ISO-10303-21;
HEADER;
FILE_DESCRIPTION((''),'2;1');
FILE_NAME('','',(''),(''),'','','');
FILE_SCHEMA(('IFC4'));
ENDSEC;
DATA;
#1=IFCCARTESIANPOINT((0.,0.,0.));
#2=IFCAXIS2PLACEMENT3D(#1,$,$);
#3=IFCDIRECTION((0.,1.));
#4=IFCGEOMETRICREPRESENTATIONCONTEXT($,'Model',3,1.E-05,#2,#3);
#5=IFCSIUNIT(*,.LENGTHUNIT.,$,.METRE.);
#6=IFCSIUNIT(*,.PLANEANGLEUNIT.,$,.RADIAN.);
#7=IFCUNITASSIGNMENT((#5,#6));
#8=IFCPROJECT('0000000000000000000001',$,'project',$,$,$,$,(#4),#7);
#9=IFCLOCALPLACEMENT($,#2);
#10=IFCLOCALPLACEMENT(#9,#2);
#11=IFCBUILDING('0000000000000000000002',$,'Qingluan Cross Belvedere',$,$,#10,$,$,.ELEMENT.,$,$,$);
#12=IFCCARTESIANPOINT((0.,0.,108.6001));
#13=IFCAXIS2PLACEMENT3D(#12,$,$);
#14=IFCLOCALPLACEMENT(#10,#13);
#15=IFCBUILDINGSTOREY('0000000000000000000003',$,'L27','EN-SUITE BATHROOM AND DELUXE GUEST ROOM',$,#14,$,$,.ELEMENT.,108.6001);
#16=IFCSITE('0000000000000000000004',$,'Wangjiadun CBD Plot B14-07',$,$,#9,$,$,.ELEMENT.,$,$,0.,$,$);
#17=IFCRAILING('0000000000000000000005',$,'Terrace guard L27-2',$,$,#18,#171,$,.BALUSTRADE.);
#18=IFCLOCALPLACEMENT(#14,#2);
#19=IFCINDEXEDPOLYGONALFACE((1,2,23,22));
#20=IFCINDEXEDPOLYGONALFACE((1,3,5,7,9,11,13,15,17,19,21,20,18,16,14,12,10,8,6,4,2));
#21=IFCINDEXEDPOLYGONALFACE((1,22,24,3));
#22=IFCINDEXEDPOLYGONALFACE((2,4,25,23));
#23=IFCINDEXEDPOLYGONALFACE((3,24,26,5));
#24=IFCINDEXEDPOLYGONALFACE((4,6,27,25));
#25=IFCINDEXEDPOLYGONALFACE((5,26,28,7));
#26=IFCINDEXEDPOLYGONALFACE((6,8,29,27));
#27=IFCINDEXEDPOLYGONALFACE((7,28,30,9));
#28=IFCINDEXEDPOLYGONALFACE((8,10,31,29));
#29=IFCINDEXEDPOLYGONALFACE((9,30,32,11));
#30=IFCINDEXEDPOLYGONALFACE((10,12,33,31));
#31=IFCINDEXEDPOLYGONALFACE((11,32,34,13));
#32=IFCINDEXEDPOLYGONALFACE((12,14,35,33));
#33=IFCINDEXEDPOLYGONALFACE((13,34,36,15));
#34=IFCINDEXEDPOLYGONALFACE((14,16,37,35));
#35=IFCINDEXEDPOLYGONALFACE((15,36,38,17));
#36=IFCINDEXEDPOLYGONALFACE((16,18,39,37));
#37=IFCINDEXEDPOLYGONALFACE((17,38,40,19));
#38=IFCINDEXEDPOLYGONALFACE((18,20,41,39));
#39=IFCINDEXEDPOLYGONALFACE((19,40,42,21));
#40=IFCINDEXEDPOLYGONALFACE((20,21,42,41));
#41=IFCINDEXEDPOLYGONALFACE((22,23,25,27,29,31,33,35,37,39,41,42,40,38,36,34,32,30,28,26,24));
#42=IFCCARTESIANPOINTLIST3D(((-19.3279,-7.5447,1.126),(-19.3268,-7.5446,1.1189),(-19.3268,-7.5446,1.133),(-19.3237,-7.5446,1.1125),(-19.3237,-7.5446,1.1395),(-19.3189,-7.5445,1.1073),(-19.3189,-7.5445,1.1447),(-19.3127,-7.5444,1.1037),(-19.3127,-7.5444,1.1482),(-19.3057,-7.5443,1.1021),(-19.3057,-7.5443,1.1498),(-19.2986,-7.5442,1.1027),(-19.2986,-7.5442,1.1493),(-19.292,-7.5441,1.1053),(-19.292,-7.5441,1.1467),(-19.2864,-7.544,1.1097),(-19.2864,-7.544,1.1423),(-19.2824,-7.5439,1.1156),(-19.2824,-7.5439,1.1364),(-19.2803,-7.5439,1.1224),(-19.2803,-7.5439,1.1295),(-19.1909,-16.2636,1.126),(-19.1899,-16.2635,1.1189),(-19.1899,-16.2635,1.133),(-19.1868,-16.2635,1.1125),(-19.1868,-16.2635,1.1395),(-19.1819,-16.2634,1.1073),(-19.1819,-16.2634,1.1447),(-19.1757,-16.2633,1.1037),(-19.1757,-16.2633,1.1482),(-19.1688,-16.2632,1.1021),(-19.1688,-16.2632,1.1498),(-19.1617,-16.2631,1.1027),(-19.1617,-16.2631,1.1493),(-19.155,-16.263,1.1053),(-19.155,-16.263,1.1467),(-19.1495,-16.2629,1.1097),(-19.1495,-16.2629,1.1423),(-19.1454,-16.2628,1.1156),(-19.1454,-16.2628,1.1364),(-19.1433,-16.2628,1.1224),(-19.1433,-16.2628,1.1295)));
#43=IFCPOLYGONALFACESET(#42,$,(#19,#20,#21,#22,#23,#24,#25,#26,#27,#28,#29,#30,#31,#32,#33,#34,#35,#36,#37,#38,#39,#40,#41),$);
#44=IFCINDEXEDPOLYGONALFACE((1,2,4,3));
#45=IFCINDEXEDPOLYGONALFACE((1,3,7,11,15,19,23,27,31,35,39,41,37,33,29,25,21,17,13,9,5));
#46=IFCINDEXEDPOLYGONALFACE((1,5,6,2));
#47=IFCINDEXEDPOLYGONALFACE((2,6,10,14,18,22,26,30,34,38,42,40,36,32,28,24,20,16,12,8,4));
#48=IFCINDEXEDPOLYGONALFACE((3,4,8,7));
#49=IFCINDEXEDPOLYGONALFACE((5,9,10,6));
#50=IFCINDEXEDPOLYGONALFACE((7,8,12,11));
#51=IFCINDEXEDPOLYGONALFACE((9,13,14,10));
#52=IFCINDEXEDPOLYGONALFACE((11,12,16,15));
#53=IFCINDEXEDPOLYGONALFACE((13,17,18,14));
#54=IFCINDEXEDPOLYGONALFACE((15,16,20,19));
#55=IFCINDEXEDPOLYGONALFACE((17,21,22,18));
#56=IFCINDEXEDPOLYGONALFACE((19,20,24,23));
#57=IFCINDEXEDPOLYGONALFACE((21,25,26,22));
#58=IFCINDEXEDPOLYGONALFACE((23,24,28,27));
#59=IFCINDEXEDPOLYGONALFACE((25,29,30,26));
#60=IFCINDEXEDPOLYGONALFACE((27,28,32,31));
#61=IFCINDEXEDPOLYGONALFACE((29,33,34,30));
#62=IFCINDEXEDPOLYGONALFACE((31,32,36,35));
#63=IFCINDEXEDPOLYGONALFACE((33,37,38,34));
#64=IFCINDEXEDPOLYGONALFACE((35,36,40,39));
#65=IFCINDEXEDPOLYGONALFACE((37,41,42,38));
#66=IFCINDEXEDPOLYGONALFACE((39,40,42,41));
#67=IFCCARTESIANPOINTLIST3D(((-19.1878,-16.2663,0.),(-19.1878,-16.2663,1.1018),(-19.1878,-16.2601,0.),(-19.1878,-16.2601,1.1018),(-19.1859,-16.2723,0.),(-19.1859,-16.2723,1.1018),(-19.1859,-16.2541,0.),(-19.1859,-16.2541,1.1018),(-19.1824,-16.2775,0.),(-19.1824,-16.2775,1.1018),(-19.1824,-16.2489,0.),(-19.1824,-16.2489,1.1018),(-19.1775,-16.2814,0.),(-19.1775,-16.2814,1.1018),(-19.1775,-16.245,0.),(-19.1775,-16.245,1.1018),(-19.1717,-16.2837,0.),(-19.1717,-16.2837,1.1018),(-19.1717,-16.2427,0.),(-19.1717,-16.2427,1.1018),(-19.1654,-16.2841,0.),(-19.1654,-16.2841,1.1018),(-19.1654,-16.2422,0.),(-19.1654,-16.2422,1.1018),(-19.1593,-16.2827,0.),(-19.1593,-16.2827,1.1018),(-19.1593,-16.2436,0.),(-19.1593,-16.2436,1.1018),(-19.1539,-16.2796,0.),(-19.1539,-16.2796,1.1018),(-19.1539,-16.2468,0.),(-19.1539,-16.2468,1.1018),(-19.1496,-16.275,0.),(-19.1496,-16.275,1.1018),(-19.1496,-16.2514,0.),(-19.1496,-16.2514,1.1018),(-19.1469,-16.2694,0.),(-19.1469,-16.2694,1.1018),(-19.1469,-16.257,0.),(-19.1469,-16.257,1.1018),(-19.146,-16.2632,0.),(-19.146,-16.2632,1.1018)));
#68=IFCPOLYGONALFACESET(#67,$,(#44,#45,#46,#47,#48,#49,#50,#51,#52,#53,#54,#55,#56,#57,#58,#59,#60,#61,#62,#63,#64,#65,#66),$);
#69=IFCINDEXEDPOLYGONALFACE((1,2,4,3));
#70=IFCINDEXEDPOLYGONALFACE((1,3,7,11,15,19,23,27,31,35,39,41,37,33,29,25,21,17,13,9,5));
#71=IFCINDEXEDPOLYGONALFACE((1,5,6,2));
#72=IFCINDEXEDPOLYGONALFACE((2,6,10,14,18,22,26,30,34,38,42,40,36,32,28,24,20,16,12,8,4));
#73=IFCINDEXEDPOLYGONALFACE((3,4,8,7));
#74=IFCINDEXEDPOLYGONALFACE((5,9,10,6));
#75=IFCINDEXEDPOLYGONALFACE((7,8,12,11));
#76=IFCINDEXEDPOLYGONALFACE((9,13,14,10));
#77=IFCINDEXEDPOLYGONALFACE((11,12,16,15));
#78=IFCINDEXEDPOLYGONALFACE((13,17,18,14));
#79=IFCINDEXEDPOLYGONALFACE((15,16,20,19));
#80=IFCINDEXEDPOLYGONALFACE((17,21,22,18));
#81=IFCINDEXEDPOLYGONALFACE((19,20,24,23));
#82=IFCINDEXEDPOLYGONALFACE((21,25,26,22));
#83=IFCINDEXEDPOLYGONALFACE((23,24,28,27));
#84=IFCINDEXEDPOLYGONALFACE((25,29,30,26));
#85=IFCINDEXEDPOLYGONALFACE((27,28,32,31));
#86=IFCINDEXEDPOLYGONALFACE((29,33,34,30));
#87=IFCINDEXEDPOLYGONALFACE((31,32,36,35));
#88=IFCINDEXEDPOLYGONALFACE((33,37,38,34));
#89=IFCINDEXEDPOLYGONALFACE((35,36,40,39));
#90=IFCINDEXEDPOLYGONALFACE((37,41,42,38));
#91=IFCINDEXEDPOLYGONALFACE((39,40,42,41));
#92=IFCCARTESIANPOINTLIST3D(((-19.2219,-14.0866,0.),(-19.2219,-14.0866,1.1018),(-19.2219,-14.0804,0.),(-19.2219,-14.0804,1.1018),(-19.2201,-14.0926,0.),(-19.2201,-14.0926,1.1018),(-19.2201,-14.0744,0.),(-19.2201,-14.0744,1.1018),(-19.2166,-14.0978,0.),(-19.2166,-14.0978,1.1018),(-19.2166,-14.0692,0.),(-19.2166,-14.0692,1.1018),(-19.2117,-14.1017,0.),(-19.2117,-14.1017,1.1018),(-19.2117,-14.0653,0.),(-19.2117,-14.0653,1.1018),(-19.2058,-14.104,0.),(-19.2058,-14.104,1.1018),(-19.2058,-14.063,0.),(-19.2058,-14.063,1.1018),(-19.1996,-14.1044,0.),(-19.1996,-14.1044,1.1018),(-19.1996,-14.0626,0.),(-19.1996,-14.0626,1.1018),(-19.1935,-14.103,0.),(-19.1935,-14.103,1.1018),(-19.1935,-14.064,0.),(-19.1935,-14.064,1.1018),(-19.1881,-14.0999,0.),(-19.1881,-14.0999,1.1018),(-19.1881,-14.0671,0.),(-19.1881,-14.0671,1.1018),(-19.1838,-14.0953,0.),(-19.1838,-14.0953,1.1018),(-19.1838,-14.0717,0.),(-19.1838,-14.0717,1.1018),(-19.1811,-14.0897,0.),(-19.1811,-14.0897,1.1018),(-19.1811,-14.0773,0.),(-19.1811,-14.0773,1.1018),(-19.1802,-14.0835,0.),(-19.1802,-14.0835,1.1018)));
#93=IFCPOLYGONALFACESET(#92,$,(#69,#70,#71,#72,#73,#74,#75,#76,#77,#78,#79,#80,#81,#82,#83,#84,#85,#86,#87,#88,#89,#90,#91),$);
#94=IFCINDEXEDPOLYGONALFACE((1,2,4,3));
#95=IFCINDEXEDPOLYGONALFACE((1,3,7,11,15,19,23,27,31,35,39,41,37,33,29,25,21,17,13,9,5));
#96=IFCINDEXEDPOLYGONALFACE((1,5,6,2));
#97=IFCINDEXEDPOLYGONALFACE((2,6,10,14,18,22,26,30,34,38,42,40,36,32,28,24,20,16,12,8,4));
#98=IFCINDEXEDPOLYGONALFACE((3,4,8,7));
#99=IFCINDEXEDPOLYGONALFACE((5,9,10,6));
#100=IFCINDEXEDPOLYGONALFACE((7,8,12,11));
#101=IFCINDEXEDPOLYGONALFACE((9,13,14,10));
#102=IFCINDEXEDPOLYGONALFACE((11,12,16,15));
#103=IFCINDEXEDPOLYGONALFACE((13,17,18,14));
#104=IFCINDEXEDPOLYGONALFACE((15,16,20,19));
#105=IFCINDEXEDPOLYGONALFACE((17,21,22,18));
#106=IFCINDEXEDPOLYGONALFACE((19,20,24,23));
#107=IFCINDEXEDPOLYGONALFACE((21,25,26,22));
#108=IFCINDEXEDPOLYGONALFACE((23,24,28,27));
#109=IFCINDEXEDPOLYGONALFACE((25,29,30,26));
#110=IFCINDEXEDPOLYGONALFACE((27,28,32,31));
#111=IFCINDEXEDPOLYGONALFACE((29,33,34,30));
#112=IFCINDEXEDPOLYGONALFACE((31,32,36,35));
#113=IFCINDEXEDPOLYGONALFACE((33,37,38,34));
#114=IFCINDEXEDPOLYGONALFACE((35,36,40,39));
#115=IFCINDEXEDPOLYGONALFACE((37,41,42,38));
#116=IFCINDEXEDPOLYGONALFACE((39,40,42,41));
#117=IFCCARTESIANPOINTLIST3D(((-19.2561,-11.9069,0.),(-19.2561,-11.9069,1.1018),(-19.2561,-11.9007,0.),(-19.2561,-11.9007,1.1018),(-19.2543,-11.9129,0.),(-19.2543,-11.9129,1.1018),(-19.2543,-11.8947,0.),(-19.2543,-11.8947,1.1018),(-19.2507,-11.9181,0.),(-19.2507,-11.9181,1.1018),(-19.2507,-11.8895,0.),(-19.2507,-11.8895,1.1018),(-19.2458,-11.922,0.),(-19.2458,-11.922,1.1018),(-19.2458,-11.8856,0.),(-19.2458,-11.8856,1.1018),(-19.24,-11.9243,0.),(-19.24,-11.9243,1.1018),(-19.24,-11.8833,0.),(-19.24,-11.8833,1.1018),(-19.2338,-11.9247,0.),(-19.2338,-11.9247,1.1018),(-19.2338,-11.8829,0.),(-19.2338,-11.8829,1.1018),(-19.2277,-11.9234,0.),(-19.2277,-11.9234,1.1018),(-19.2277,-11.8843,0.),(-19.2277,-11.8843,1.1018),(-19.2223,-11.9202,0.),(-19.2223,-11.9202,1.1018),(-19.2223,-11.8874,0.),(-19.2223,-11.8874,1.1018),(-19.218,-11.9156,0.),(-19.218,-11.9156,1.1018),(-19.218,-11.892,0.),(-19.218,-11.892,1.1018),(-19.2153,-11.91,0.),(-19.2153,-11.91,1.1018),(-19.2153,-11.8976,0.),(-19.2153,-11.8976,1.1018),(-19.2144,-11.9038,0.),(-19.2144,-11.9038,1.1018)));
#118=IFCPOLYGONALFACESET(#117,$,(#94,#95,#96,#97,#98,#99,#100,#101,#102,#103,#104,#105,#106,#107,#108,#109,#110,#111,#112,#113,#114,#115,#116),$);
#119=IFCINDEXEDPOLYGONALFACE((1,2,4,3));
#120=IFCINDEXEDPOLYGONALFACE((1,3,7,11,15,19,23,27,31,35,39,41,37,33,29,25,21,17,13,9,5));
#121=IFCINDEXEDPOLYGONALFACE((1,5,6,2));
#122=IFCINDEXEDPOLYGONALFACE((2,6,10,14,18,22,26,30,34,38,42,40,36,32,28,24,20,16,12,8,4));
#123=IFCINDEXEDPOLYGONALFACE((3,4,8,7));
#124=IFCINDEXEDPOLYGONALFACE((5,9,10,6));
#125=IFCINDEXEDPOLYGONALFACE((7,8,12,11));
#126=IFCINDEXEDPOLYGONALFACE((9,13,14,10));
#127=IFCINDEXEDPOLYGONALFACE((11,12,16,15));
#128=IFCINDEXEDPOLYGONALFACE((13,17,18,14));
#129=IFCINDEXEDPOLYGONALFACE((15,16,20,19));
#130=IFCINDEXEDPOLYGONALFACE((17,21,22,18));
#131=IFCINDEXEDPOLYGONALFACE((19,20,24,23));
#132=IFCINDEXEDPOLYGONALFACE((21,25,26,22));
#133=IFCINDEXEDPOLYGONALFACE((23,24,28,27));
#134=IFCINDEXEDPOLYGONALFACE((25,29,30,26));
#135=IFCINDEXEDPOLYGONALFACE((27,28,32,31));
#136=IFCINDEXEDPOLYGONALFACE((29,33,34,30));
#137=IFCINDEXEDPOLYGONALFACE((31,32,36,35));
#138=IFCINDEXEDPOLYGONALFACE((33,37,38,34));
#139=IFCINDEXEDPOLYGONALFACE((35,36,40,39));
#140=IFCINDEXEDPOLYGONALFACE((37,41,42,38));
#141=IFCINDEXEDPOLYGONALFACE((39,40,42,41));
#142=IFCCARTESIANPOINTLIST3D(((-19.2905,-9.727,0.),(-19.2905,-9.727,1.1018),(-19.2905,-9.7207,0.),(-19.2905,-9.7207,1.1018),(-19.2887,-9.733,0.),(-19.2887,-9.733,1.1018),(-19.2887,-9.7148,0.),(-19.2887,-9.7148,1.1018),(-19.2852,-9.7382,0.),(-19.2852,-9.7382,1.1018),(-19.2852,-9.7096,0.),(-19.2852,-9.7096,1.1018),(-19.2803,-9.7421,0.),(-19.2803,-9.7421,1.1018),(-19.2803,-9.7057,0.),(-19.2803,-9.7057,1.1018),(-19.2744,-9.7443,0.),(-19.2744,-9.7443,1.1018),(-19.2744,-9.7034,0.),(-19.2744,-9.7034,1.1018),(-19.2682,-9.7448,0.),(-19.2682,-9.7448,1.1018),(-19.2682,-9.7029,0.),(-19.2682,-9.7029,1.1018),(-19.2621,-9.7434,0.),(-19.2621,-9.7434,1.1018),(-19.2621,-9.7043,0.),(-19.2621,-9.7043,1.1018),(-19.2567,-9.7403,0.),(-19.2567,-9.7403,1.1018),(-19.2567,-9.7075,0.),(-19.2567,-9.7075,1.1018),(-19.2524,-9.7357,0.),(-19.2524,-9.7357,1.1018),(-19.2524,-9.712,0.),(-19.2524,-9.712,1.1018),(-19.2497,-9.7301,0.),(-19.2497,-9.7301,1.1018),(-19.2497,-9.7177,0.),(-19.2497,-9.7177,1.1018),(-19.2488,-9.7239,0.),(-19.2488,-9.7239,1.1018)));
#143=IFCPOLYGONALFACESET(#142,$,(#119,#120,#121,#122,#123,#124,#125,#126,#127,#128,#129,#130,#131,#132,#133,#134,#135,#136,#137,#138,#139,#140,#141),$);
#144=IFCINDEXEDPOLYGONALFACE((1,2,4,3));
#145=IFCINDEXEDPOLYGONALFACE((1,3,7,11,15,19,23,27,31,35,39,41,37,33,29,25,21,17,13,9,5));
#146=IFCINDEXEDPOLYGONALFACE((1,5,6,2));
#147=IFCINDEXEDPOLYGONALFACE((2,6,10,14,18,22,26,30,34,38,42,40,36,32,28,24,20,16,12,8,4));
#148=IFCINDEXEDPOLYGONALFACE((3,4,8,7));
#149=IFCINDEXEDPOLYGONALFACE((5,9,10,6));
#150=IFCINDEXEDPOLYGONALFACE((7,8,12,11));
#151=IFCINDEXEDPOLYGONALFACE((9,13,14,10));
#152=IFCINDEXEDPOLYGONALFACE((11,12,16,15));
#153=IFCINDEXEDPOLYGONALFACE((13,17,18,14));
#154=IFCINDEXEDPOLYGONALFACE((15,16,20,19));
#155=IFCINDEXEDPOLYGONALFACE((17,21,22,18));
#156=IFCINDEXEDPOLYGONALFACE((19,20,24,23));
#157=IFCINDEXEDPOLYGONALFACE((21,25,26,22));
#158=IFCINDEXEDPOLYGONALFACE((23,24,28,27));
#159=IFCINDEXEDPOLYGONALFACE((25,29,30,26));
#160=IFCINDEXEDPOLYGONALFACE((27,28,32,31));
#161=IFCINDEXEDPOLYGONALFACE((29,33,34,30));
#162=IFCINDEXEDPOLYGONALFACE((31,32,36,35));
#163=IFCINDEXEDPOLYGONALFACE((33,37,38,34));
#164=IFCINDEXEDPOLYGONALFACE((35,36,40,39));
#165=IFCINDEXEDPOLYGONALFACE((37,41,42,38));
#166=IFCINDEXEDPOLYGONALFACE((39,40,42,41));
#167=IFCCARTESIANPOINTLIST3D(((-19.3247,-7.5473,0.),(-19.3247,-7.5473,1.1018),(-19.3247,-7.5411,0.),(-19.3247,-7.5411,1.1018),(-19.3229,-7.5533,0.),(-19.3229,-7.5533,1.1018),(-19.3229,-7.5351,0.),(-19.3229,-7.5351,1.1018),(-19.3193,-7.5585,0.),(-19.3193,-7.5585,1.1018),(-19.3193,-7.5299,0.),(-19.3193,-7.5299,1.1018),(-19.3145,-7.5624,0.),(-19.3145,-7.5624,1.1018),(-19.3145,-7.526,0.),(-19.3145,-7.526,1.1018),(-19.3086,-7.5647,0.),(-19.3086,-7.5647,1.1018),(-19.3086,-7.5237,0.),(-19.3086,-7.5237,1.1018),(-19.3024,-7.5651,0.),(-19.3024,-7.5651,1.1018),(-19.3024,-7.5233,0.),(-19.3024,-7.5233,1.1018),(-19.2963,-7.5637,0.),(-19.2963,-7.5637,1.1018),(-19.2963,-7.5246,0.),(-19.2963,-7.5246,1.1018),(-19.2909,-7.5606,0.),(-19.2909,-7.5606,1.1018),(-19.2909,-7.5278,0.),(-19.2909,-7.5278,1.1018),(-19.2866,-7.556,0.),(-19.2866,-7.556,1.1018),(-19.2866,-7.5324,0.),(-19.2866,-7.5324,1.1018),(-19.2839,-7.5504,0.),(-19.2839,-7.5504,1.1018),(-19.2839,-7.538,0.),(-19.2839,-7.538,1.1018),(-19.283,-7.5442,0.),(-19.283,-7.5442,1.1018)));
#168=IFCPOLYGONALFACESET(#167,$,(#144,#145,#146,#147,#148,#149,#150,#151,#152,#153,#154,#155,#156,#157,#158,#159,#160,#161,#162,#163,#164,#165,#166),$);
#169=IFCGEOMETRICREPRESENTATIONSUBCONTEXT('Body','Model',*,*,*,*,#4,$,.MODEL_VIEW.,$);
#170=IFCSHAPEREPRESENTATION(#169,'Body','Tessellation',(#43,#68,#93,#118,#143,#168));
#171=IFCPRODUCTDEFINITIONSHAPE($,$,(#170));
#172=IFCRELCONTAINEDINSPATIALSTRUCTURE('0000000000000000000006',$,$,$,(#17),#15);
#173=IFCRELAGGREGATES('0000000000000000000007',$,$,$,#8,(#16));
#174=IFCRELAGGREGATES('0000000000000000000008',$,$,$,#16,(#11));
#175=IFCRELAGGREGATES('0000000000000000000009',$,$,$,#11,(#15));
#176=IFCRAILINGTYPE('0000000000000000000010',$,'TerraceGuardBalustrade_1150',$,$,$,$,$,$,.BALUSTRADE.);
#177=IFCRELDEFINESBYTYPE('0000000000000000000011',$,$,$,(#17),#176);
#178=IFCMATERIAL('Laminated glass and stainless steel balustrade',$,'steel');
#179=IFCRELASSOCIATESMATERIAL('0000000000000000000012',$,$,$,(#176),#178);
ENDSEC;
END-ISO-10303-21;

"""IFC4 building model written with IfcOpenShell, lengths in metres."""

from ifc_helpers import new_model, si_unit, direction, frame, origin, origin_2d, place, context, subcontext, project, spatial, circle, extrude, material, type_object, element, save


model = new_model("IFC4")

# Units and contexts
model_context = context("Model", 3, precision=1e-05, world=origin(), true_north=direction((0.0, 1.0)))
body_context = subcontext(model_context, "Body", "Model", "MODEL_VIEW")
ifc_project = project(units=[si_unit("LENGTHUNIT", "METRE"), si_unit("PLANEANGLEUNIT", "RADIAN")], contexts=[model_context])

# Site, building, storey
site_placement = place(None, origin())
site = spatial("IfcSite", under=ifc_project, at=site_placement, Name="Wangjiadun CBD Plot B14-07", CompositionType="ELEMENT", RefElevation=0.0)
building_placement = place(site_placement, origin())
building = spatial("IfcBuilding", under=site, at=building_placement, Name="Qingluan Cross Belvedere", CompositionType="ELEMENT")
storey_placement = place(building_placement, frame((0.0, 0.0, 108.6001)))
storey = spatial("IfcBuildingStorey", under=building, at=storey_placement, Name="L27", Description="EN-SUITE BATHROOM AND DELUXE GUEST ROOM", CompositionType="ELEMENT", Elevation=108.6001)

# Railing
ifc_material_1 = material(Name="Laminated glass and stainless steel balustrade", Category="steel")
railing_type = type_object("IfcRailingType", Name="TerraceGuardBalustrade_1150", PredefinedType="BALUSTRADE", material=ifc_material_1)
railing_1_placement = place(storey_placement, frame((-19.167, -16.2632, 0.0)))
element("IfcRailing", 1, at=railing_1_placement, inside=storey, type_object=railing_type, Name="Terrace guard L27-2", PredefinedType="BALUSTRADE", context=body_context, shape_type="SweptSolid", body=[
    extrude(circle(Radius=0.0239, at=origin_2d()), frame((0.0, 0.0, 1.126), z_axis=(-0.015707, 0.999877, 0.0), x_axis=(-0.999877, -0.015707, 0.0)), (0.0, 0.0, 1.0), 8.72),
    extrude(circle(Radius=0.021, at=origin_2d()), origin(), (0.0, 0.0, 1.0), 1.1018),
    extrude(circle(Radius=0.021, at=origin_2d()), frame((-0.0342, 2.1797, 0.0)), (0.0, 0.0, 1.0), 1.1018),
    extrude(circle(Radius=0.021, at=origin_2d()), frame((-0.0684, 4.3594, 0.0)), (0.0, 0.0, 1.0), 1.1018),
    extrude(circle(Radius=0.021, at=origin_2d()), frame((-0.1028, 6.5393, 0.0)), (0.0, 0.0, 1.0), 1.1018),
    extrude(circle(Radius=0.021, at=origin_2d()), frame((-0.137, 8.719, 0.0)), (0.0, 0.0, 1.0), 1.1018),
])

save(model, "model.ifc")
